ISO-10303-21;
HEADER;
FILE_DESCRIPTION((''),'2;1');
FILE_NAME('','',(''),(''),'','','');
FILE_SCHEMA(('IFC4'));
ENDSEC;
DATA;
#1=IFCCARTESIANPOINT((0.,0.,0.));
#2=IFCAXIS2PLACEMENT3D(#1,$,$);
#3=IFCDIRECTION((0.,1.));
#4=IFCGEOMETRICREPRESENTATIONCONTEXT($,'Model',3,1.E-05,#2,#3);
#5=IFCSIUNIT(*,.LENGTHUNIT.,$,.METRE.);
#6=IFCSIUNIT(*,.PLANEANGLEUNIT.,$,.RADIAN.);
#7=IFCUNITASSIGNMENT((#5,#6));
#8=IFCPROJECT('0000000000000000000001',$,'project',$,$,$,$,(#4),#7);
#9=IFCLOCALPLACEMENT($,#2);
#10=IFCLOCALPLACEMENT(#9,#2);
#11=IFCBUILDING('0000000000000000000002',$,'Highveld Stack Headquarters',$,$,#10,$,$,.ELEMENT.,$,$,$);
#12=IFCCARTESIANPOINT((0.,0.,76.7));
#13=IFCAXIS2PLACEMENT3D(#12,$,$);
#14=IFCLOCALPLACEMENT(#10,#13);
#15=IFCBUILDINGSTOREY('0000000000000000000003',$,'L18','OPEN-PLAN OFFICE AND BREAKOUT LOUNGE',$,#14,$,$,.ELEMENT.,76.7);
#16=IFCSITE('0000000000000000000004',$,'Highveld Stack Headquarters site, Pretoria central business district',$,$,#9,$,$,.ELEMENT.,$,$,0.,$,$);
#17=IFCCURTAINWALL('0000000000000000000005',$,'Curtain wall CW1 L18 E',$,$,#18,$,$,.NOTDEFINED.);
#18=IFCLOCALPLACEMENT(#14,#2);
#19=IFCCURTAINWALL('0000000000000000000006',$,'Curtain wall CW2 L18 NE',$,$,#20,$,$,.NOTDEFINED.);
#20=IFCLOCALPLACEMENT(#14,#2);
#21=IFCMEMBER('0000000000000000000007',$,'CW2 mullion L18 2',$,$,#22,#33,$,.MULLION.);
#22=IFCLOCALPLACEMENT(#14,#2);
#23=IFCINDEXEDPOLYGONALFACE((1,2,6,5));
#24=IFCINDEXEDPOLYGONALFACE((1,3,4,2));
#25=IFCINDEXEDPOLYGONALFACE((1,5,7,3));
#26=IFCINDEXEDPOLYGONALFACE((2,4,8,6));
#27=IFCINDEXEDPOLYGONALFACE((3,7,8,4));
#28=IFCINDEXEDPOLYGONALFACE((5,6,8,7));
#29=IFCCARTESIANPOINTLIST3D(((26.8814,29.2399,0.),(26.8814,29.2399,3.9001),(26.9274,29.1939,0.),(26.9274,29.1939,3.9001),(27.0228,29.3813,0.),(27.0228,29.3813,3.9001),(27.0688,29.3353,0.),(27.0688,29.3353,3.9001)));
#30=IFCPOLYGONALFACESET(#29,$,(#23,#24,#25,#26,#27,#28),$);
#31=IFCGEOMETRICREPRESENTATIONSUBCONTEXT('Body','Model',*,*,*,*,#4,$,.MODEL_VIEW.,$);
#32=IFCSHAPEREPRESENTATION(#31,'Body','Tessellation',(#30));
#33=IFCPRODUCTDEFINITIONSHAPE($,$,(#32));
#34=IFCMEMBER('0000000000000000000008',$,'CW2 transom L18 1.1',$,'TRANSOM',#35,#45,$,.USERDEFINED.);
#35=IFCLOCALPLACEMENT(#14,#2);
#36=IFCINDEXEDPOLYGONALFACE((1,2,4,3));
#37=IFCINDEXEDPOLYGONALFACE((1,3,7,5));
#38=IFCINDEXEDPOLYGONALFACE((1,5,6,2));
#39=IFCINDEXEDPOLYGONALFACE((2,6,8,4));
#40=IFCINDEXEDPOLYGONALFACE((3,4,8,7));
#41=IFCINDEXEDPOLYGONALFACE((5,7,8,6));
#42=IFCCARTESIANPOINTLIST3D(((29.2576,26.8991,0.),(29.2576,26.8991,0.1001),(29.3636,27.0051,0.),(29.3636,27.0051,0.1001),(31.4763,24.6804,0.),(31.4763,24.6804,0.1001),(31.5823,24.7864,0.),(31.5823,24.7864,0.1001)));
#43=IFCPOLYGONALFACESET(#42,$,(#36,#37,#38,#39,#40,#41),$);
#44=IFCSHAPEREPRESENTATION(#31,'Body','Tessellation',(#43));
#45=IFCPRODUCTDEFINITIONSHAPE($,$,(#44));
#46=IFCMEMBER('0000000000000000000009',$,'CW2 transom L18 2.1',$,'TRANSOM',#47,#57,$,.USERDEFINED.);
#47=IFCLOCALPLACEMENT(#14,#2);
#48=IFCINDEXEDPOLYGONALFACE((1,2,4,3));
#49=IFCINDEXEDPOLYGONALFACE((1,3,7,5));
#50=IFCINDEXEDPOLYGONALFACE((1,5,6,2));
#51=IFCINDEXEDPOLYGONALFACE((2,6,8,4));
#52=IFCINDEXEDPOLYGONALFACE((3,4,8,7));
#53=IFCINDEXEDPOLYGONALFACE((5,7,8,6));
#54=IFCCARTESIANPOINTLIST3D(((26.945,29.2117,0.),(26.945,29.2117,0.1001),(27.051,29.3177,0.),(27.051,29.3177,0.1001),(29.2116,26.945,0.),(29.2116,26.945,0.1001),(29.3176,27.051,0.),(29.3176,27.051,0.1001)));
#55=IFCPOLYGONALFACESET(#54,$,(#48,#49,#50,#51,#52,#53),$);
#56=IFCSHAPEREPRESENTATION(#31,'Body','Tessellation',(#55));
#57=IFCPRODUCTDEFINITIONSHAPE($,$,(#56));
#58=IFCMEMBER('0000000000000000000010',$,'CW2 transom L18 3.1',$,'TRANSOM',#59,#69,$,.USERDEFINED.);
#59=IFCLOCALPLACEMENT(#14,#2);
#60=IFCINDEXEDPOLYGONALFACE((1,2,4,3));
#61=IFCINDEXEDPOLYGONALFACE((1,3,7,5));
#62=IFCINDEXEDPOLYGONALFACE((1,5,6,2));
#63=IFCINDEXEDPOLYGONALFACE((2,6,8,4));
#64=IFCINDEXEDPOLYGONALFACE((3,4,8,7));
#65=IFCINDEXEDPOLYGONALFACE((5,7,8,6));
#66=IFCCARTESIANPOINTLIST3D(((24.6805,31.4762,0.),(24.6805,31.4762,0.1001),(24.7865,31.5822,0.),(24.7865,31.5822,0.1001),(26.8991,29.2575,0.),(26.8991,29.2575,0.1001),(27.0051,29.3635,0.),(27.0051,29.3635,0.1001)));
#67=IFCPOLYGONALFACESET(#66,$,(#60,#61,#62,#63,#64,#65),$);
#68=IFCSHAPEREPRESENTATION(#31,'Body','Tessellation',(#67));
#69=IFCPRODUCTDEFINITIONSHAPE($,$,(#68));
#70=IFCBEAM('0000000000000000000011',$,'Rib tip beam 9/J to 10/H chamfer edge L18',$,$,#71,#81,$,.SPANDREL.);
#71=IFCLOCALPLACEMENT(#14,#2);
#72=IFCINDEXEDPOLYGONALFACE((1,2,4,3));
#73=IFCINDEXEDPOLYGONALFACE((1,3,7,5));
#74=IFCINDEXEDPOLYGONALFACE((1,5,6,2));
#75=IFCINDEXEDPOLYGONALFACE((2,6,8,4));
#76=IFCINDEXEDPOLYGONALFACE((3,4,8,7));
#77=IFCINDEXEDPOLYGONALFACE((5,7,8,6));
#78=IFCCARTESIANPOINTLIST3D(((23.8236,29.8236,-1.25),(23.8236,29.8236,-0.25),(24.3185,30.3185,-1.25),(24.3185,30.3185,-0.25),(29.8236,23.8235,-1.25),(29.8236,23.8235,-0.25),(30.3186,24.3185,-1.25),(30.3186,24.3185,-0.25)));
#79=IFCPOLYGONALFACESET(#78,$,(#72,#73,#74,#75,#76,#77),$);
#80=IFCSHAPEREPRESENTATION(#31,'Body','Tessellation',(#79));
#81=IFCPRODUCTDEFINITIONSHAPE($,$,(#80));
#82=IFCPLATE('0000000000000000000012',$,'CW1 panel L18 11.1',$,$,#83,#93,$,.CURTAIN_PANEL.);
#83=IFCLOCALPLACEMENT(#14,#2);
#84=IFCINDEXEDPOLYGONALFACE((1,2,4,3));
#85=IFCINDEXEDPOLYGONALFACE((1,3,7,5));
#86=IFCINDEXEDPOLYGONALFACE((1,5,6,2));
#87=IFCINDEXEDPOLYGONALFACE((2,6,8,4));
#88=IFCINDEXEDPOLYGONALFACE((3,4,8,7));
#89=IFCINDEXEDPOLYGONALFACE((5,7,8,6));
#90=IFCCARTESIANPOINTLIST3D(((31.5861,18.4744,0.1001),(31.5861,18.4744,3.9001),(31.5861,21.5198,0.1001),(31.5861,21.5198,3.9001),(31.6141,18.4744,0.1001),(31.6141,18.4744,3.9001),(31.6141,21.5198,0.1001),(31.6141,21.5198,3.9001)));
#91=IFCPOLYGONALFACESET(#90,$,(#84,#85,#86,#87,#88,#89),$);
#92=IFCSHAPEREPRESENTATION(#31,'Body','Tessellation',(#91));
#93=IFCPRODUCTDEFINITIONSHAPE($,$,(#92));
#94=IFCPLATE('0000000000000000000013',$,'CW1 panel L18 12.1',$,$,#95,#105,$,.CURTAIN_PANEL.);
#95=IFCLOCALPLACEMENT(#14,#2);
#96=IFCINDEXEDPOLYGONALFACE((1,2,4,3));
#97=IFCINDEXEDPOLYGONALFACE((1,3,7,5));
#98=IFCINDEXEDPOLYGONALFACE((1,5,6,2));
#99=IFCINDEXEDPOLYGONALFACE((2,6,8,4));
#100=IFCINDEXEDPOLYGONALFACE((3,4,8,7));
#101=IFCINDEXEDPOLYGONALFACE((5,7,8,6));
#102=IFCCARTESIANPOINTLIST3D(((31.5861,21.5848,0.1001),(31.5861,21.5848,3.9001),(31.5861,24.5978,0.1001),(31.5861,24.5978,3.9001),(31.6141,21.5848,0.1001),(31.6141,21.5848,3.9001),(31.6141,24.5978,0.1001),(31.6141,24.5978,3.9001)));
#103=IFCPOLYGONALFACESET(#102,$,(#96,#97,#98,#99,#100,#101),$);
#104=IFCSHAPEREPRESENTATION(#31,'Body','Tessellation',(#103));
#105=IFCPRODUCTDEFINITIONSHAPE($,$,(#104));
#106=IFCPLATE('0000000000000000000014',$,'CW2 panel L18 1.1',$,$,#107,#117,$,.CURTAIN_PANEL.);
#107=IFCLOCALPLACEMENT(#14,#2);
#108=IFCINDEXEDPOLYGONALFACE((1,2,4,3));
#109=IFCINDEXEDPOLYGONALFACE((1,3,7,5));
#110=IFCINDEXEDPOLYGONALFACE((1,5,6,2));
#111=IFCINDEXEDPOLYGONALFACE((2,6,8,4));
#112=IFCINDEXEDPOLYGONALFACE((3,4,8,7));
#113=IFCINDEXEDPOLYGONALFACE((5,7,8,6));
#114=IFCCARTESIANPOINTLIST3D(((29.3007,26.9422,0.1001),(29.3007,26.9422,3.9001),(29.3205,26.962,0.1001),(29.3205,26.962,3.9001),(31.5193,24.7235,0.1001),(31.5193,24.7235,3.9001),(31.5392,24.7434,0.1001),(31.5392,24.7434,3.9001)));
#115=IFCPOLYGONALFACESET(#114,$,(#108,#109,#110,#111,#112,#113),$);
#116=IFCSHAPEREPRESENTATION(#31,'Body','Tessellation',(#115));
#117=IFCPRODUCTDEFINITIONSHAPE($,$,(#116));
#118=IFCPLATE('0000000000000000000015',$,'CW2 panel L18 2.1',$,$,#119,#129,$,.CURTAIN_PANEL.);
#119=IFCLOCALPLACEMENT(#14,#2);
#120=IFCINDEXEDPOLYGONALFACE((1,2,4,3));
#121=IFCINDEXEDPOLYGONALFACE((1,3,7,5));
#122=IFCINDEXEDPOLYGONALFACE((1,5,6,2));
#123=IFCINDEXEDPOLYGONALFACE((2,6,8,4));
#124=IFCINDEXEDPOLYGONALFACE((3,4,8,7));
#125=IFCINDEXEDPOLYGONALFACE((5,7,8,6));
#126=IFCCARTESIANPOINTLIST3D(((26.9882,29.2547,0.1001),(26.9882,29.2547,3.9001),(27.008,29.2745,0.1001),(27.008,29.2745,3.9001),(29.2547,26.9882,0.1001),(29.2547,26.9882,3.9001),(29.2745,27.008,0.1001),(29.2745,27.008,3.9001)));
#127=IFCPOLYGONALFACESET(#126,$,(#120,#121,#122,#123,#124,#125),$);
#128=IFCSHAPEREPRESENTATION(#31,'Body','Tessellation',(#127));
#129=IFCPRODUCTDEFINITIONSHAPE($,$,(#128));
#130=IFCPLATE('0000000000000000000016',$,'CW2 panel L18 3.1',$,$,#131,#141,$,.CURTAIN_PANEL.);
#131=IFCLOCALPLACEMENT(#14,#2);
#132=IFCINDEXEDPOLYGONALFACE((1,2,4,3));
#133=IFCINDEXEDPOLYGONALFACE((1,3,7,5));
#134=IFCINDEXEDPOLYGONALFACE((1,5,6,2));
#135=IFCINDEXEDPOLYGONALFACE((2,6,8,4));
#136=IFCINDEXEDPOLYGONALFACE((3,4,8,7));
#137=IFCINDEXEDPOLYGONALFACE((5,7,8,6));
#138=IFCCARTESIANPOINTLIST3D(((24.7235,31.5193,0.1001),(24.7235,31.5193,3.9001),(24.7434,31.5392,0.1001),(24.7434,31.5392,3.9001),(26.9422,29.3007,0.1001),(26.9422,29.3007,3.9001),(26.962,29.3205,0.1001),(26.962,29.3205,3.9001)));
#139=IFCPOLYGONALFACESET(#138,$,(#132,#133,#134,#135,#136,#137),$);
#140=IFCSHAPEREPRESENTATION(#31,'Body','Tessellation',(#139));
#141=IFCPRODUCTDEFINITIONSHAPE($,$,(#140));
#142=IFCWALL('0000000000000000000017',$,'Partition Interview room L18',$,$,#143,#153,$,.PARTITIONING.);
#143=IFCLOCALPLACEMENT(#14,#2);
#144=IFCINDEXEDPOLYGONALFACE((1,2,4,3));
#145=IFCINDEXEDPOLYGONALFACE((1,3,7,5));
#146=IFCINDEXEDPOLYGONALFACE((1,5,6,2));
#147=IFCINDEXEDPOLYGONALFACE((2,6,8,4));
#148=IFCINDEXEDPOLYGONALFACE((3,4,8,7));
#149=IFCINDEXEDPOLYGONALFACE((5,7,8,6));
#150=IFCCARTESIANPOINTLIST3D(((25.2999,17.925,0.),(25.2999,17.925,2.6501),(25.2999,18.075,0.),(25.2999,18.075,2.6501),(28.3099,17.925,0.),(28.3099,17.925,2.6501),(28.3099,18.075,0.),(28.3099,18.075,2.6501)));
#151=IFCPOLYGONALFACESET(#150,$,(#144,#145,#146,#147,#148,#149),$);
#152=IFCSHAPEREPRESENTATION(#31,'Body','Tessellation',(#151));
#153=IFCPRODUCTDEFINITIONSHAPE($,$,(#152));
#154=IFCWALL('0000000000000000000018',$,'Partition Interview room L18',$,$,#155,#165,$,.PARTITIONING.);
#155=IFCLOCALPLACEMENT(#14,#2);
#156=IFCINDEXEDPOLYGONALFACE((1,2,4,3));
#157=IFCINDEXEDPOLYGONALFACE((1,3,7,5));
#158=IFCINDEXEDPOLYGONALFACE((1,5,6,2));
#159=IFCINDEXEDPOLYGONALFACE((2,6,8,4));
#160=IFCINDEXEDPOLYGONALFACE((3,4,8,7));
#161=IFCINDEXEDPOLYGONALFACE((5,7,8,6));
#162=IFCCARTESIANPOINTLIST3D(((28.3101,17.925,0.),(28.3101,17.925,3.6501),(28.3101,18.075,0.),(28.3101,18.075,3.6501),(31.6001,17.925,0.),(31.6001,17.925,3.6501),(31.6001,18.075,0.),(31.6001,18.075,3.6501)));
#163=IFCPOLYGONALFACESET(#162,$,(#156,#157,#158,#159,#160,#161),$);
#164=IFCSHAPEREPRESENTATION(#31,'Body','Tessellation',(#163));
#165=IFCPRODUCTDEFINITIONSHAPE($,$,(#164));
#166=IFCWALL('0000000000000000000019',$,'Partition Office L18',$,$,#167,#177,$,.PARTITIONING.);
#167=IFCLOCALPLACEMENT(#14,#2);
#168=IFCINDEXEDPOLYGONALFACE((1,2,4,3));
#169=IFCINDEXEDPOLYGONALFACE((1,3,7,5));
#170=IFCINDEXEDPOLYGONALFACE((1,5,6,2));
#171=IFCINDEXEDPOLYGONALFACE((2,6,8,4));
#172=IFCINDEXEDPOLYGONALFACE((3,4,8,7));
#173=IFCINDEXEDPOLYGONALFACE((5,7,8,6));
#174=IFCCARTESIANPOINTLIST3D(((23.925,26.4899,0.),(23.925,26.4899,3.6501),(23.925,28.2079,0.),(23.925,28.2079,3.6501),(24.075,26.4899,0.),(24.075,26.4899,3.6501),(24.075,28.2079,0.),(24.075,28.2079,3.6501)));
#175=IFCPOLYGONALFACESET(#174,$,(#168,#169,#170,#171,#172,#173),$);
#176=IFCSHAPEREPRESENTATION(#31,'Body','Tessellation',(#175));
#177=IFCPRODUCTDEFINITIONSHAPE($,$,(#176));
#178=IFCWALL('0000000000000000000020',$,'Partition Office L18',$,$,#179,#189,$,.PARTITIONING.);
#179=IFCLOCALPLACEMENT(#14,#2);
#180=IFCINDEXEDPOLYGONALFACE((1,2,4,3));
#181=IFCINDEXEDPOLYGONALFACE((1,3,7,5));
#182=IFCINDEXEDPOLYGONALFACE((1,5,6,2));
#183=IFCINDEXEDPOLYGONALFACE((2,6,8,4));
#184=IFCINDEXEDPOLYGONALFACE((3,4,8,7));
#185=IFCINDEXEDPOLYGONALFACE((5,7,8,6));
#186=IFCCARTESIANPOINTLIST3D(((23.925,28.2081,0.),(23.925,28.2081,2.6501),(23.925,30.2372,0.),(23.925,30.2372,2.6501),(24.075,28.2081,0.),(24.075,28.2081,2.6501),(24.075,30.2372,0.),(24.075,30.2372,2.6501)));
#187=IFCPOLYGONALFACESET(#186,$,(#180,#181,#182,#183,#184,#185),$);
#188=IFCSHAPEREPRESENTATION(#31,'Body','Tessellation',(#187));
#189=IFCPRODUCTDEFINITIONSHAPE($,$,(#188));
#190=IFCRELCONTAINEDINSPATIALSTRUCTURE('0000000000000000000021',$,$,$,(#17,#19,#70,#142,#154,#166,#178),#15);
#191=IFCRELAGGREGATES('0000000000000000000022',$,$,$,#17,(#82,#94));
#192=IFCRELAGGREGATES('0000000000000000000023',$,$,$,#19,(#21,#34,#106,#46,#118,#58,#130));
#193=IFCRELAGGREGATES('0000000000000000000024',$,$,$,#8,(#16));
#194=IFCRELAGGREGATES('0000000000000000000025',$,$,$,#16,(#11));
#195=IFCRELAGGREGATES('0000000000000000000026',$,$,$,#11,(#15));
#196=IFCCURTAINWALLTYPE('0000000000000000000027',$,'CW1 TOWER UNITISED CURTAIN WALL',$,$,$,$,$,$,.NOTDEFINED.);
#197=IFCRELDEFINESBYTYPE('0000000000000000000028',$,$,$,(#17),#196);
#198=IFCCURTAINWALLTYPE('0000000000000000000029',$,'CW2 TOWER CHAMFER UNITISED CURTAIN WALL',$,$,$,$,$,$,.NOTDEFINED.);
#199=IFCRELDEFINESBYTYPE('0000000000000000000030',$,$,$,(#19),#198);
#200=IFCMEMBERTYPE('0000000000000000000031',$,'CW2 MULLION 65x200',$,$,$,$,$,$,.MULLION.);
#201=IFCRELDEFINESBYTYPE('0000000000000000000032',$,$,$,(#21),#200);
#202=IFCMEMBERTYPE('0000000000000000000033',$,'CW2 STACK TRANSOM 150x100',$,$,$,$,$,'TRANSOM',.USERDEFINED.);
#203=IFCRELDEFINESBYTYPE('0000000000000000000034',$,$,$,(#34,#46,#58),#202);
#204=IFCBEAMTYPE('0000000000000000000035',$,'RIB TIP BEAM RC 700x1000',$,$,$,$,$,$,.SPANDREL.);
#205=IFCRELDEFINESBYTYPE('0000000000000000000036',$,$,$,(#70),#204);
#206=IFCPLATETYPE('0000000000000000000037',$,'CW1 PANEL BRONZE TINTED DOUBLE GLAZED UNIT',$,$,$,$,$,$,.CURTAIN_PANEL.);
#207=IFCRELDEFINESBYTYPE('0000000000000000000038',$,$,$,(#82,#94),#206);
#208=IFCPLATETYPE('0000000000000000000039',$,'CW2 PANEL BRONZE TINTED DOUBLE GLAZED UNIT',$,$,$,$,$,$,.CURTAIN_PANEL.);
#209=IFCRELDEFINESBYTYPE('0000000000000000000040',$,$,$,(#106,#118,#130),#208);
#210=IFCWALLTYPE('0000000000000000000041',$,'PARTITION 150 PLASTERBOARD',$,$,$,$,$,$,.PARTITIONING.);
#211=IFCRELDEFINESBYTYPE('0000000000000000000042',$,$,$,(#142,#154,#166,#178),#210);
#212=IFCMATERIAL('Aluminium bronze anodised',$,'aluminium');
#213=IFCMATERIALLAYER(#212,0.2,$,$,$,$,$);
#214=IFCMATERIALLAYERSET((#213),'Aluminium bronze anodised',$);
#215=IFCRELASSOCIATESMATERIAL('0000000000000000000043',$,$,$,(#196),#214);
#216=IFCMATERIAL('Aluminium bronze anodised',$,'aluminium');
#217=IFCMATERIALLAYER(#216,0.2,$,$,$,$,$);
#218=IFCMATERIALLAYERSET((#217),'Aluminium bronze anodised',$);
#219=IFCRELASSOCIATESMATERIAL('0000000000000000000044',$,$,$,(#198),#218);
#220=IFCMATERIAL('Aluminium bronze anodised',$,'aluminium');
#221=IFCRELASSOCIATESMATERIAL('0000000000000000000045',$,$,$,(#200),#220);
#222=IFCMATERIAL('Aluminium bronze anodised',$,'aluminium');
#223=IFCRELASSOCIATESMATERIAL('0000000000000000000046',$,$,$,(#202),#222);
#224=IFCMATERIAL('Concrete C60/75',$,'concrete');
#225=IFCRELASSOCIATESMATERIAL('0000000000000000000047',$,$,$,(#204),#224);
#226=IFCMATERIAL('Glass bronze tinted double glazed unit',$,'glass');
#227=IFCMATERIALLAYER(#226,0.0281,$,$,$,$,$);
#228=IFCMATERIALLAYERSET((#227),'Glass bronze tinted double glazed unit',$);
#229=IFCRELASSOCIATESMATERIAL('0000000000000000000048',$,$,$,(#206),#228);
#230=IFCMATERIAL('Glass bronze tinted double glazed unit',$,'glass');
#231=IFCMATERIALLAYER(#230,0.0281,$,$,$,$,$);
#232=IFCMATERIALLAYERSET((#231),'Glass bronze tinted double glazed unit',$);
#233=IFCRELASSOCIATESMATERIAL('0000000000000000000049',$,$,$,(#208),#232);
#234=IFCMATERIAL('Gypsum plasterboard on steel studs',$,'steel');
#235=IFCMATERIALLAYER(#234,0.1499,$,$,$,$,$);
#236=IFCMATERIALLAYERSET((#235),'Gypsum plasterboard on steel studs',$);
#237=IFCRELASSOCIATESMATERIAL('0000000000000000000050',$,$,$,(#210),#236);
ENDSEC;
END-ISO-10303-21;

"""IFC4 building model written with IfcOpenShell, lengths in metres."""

from ifc_helpers import new_model, si_unit, direction, frame, frame_2d, origin, origin_2d, place, context, subcontext, project, spatial, rectangle, extrude, material, layer, layer_set, material_profile, profile_set, type_object, element, aggregate, save


model = new_model("IFC4")

# Units and contexts
model_context = context("Model", 3, precision=1e-05, world=origin(), true_north=direction((0.0, 1.0)))
body_context = subcontext(model_context, "Body", "Model", "MODEL_VIEW")
ifc_project = project(units=[si_unit("LENGTHUNIT", "METRE"), si_unit("PLANEANGLEUNIT", "RADIAN")], contexts=[model_context])

# Site, building, storey
site_placement = place(None, origin())
site = spatial("IfcSite", under=ifc_project, at=site_placement, Name="Highveld Stack Headquarters site, Pretoria central business district", CompositionType="ELEMENT", RefElevation=0.0)
building_placement = place(site_placement, origin())
building = spatial("IfcBuilding", under=site, at=building_placement, Name="Highveld Stack Headquarters", CompositionType="ELEMENT")
storey_placement = place(building_placement, frame((0.0, 0.0, 76.7)))
storey = spatial("IfcBuildingStorey", under=building, at=storey_placement, Name="L18", Description="OPEN-PLAN OFFICE AND BREAKOUT LOUNGE", CompositionType="ELEMENT", Elevation=76.7)

# Curtain wall
ifc_material_1 = material(Name="Aluminium bronze anodised", Category="aluminium")
ifc_layer_1 = layer(ifc_material_1, 0.2)
ifc_layer_set_1 = layer_set([ifc_layer_1], Name="Aluminium bronze anodised")
curtain_wall_type_1 = type_object("IfcCurtainWallType", Name="CW1 TOWER UNITISED CURTAIN WALL", PredefinedType="NOTDEFINED", material=ifc_layer_set_1)
curtain_wall_1_placement = place(storey_placement, origin())
curtain_wall_1 = element("IfcCurtainWall", 1, at=curtain_wall_1_placement, inside=storey, type_object=curtain_wall_type_1, Name="Curtain wall CW1 L18 E", PredefinedType="NOTDEFINED")

# Curtain wall, members
ifc_material_2 = material(Name="Aluminium bronze anodised", Category="aluminium")
ifc_layer_2 = layer(ifc_material_2, 0.2)
ifc_layer_set_2 = layer_set([ifc_layer_2], Name="Aluminium bronze anodised")
curtain_wall_type_2 = type_object("IfcCurtainWallType", Name="CW2 TOWER CHAMFER UNITISED CURTAIN WALL", PredefinedType="NOTDEFINED", material=ifc_layer_set_2)
curtain_wall_2_placement = place(storey_placement, origin())
curtain_wall_2 = element("IfcCurtainWall", 2, at=curtain_wall_2_placement, inside=storey, type_object=curtain_wall_type_2, Name="Curtain wall CW2 L18 NE", PredefinedType="NOTDEFINED")
ifc_material_3 = material(Name="Aluminium bronze anodised", Category="aluminium")
ifc_material_profile_1 = material_profile(ifc_material_3, rectangle(XDim=0.2, YDim=0.0649, at=origin_2d()), Name="CW2 MULLION 65x200")
ifc_profile_set_1 = profile_set([ifc_material_profile_1], Name="Aluminium bronze anodised")
member_type_1 = type_object("IfcMemberType", Name="CW2 MULLION 65x200", PredefinedType="MULLION", material=ifc_profile_set_1)
member_1_placement = place(storey_placement, frame((26.9751, 29.2876, 0.0), z_axis=(0.0, 0.0, 1.0), x_axis=(-0.707107, -0.707107, 0.0)))
member_1 = element("IfcMember", 3, at=member_1_placement, type_object=member_type_1, Name="CW2 mullion L18 2", PredefinedType="MULLION", context=body_context, shape_type="SweptSolid", body=[
    extrude(rectangle(XDim=0.2, YDim=0.0649, at=origin_2d()), origin(), (0.0, 0.0, 1.0), 3.9001),
])
ifc_material_4 = material(Name="Aluminium bronze anodised", Category="aluminium")
ifc_material_profile_2 = material_profile(ifc_material_4, rectangle(XDim=0.1499, YDim=0.1001, at=origin_2d()), Name="CW2 TRANSOM 150x100")
ifc_profile_set_2 = profile_set([ifc_material_profile_2], Name="Aluminium bronze anodised")
member_type_2 = type_object("IfcMemberType", Name="CW2 STACK TRANSOM 150x100", ElementType="TRANSOM", PredefinedType="USERDEFINED", material=ifc_profile_set_2)
member_2_placement = place(storey_placement, frame((31.5293, 24.7334, 0.05), z_axis=(-0.707107, 0.707107, 0.0), x_axis=(-0.707107, -0.707107, 0.0)))
member_2 = element("IfcMember", 4, at=member_2_placement, type_object=member_type_2, Name="CW2 transom L18 1.1", ObjectType="TRANSOM", PredefinedType="USERDEFINED", context=body_context, shape_type="SweptSolid", body=[
    extrude(rectangle(XDim=0.1499, YDim=0.1001, at=origin_2d()), origin(), (0.0, 0.0, 1.0), 3.1377),
])
member_3_placement = place(storey_placement, frame((29.2646, 26.998, 0.05), z_axis=(-0.707107, 0.707107, 0.0), x_axis=(-0.707107, -0.707107, 0.0)))
member_3 = element("IfcMember", 5, at=member_3_placement, type_object=member_type_2, Name="CW2 transom L18 2.1", ObjectType="TRANSOM", PredefinedType="USERDEFINED", context=body_context, shape_type="SweptSolid", body=[
    extrude(rectangle(XDim=0.1499, YDim=0.1001, at=origin_2d()), origin(), (0.0, 0.0, 1.0), 3.2056),
])
member_4_placement = place(storey_placement, frame((26.9521, 29.3105, 0.05), z_axis=(-0.707107, 0.707107, 0.0), x_axis=(-0.707107, -0.707107, 0.0)))
member_4 = element("IfcMember", 6, at=member_4_placement, type_object=member_type_2, Name="CW2 transom L18 3.1", ObjectType="TRANSOM", PredefinedType="USERDEFINED", context=body_context, shape_type="SweptSolid", body=[
    extrude(rectangle(XDim=0.1499, YDim=0.1001, at=origin_2d()), origin(), (0.0, 0.0, 1.0), 3.1377),
])

# Beam
ifc_material_5 = material(Name="Concrete C60/75", Category="concrete")
ifc_material_profile_3 = material_profile(ifc_material_5, rectangle(XDim=0.7, YDim=1.0, at=origin_2d()), Name="RC 700x1000")
ifc_profile_set_3 = profile_set([ifc_material_profile_3], Name="Concrete C60/75")
beam_type = type_object("IfcBeamType", Name="RIB TIP BEAM RC 700x1000", PredefinedType="SPANDREL", material=ifc_profile_set_3)
beam_placement = place(storey_placement, frame((24.071, 30.071, -0.75), z_axis=(0.707107, -0.707107, 0.0), x_axis=(0.707107, 0.707107, 0.0)))
element("IfcBeam", 7, at=beam_placement, inside=storey, type_object=beam_type, Name="Rib tip beam 9/J to 10/H chamfer edge L18", PredefinedType="SPANDREL", context=body_context, shape_type="SweptSolid", body=[
    extrude(rectangle(XDim=0.7, YDim=1.0, at=origin_2d()), origin(), (0.0, 0.0, 1.0), 8.4854),
])

# Plates
ifc_material_6 = material(Name="Glass bronze tinted double glazed unit", Category="glass")
ifc_layer_3 = layer(ifc_material_6, 0.0281)
ifc_layer_set_3 = layer_set([ifc_layer_3], Name="Glass bronze tinted double glazed unit")
plate_type_1 = type_object("IfcPlateType", Name="CW1 PANEL BRONZE TINTED DOUBLE GLAZED UNIT", PredefinedType="CURTAIN_PANEL", material=ifc_layer_set_3)
plate_1_placement = place(storey_placement, frame((31.6001, 19.9971, 0.1001), z_axis=(0.0, 0.0, 1.0), x_axis=(0.0, 1.0, 0.0)))
plate_1 = element("IfcPlate", 8, at=plate_1_placement, type_object=plate_type_1, Name="CW1 panel L18 11.1", PredefinedType="CURTAIN_PANEL", context=body_context, shape_type="SweptSolid", body=[
    extrude(rectangle(XDim=3.0454, YDim=0.0281, at=origin_2d()), origin(), (0.0, 0.0, 1.0), 3.8),
])
plate_2_placement = place(storey_placement, frame((31.6001, 23.0913, 0.1001), z_axis=(0.0, 0.0, 1.0), x_axis=(0.0, 1.0, 0.0)))
plate_2 = element("IfcPlate", 9, at=plate_2_placement, type_object=plate_type_1, Name="CW1 panel L18 12.1", PredefinedType="CURTAIN_PANEL", context=body_context, shape_type="SweptSolid", body=[
    extrude(rectangle(XDim=3.0129, YDim=0.0281, at=origin_2d()), origin(), (0.0, 0.0, 1.0), 3.8),
])
aggregate(curtain_wall_1, [plate_1, plate_2])
ifc_material_7 = material(Name="Glass bronze tinted double glazed unit", Category="glass")
ifc_layer_4 = layer(ifc_material_7, 0.0281)
ifc_layer_set_4 = layer_set([ifc_layer_4], Name="Glass bronze tinted double glazed unit")
plate_type_2 = type_object("IfcPlateType", Name="CW2 PANEL BRONZE TINTED DOUBLE GLAZED UNIT", PredefinedType="CURTAIN_PANEL", material=ifc_layer_set_4)
plate_3_placement = place(storey_placement, frame((30.4199, 25.8428, 0.1001), z_axis=(0.0, 0.0, 1.0), x_axis=(-0.707107, 0.707107, 0.0)))
plate_3 = element("IfcPlate", 10, at=plate_3_placement, type_object=plate_type_2, Name="CW2 panel L18 1.1", PredefinedType="CURTAIN_PANEL", context=body_context, shape_type="SweptSolid", body=[
    extrude(rectangle(XDim=3.1377, YDim=0.0281, at=origin_2d()), origin(), (0.0, 0.0, 1.0), 3.8),
])
plate_4_placement = place(storey_placement, frame((28.1313, 28.1313, 0.1001), z_axis=(0.0, 0.0, 1.0), x_axis=(-0.707107, 0.707107, 0.0)))
plate_4 = element("IfcPlate", 11, at=plate_4_placement, type_object=plate_type_2, Name="CW2 panel L18 2.1", PredefinedType="CURTAIN_PANEL", context=body_context, shape_type="SweptSolid", body=[
    extrude(rectangle(XDim=3.2053, YDim=0.0281, at=origin_2d()), origin(), (0.0, 0.0, 1.0), 3.8),
])
plate_5_placement = place(storey_placement, frame((25.8428, 30.4199, 0.1001), z_axis=(0.0, 0.0, 1.0), x_axis=(-0.707107, 0.707107, 0.0)))
plate_5 = element("IfcPlate", 12, at=plate_5_placement, type_object=plate_type_2, Name="CW2 panel L18 3.1", PredefinedType="CURTAIN_PANEL", context=body_context, shape_type="SweptSolid", body=[
    extrude(rectangle(XDim=3.1377, YDim=0.0281, at=origin_2d()), origin(), (0.0, 0.0, 1.0), 3.8),
])
aggregate(curtain_wall_2, [member_1, member_2, plate_3, member_3, plate_4, member_4, plate_5])

# Walls
ifc_material_8 = material(Name="Gypsum plasterboard on steel studs", Category="steel")
ifc_layer_5 = layer(ifc_material_8, 0.1499)
ifc_layer_set_5 = layer_set([ifc_layer_5], Name="Gypsum plasterboard on steel studs")
wall_type = type_object("IfcWallType", Name="PARTITION 150 PLASTERBOARD", PredefinedType="PARTITIONING", material=ifc_layer_set_5)
wall_1_placement = place(storey_placement, frame((25.3, 18.0, 0.0), z_axis=(0.0, 0.0, 1.0), x_axis=(1.0, 0.0, 0.0)))
element("IfcWall", 13, at=wall_1_placement, inside=storey, type_object=wall_type, Name="Partition Interview room L18", PredefinedType="PARTITIONING", context=body_context, shape_type="SweptSolid", body=[
    extrude(rectangle(XDim=3.01, YDim=0.1499, at=frame_2d((1.5049, 0.0))), origin(), (0.0, 0.0, 1.0), 2.6501),
])
wall_2_placement = place(storey_placement, frame((28.3101, 18.0, 0.0), z_axis=(0.0, 0.0, 1.0), x_axis=(1.0, 0.0, 0.0)))
element("IfcWall", 14, at=wall_2_placement, inside=storey, type_object=wall_type, Name="Partition Interview room L18", PredefinedType="PARTITIONING", context=body_context, shape_type="SweptSolid", body=[
    extrude(rectangle(XDim=3.29, YDim=0.1499, at=frame_2d((1.645, 0.0))), origin(), (0.0, 0.0, 1.0), 3.6501),
])
wall_3_placement = place(storey_placement, frame((24.0, 26.49, 0.0), z_axis=(0.0, 0.0, 1.0), x_axis=(0.0, 1.0, 0.0)))
element("IfcWall", 15, at=wall_3_placement, inside=storey, type_object=wall_type, Name="Partition Office L18", PredefinedType="PARTITIONING", context=body_context, shape_type="SweptSolid", body=[
    extrude(rectangle(XDim=1.718, YDim=0.1499, at=frame_2d((0.8589, 0.0))), origin(), (0.0, 0.0, 1.0), 3.6501),
])
wall_4_placement = place(storey_placement, frame((24.0, 28.208, 0.0), z_axis=(0.0, 0.0, 1.0), x_axis=(0.0, 1.0, 0.0)))
element("IfcWall", 16, at=wall_4_placement, inside=storey, type_object=wall_type, Name="Partition Office L18", PredefinedType="PARTITIONING", context=body_context, shape_type="SweptSolid", body=[
    extrude(rectangle(XDim=2.0291, YDim=0.1499, at=frame_2d((1.0146, 0.0))), origin(), (0.0, 0.0, 1.0), 2.6501),
])

save(model, "model.ifc")
